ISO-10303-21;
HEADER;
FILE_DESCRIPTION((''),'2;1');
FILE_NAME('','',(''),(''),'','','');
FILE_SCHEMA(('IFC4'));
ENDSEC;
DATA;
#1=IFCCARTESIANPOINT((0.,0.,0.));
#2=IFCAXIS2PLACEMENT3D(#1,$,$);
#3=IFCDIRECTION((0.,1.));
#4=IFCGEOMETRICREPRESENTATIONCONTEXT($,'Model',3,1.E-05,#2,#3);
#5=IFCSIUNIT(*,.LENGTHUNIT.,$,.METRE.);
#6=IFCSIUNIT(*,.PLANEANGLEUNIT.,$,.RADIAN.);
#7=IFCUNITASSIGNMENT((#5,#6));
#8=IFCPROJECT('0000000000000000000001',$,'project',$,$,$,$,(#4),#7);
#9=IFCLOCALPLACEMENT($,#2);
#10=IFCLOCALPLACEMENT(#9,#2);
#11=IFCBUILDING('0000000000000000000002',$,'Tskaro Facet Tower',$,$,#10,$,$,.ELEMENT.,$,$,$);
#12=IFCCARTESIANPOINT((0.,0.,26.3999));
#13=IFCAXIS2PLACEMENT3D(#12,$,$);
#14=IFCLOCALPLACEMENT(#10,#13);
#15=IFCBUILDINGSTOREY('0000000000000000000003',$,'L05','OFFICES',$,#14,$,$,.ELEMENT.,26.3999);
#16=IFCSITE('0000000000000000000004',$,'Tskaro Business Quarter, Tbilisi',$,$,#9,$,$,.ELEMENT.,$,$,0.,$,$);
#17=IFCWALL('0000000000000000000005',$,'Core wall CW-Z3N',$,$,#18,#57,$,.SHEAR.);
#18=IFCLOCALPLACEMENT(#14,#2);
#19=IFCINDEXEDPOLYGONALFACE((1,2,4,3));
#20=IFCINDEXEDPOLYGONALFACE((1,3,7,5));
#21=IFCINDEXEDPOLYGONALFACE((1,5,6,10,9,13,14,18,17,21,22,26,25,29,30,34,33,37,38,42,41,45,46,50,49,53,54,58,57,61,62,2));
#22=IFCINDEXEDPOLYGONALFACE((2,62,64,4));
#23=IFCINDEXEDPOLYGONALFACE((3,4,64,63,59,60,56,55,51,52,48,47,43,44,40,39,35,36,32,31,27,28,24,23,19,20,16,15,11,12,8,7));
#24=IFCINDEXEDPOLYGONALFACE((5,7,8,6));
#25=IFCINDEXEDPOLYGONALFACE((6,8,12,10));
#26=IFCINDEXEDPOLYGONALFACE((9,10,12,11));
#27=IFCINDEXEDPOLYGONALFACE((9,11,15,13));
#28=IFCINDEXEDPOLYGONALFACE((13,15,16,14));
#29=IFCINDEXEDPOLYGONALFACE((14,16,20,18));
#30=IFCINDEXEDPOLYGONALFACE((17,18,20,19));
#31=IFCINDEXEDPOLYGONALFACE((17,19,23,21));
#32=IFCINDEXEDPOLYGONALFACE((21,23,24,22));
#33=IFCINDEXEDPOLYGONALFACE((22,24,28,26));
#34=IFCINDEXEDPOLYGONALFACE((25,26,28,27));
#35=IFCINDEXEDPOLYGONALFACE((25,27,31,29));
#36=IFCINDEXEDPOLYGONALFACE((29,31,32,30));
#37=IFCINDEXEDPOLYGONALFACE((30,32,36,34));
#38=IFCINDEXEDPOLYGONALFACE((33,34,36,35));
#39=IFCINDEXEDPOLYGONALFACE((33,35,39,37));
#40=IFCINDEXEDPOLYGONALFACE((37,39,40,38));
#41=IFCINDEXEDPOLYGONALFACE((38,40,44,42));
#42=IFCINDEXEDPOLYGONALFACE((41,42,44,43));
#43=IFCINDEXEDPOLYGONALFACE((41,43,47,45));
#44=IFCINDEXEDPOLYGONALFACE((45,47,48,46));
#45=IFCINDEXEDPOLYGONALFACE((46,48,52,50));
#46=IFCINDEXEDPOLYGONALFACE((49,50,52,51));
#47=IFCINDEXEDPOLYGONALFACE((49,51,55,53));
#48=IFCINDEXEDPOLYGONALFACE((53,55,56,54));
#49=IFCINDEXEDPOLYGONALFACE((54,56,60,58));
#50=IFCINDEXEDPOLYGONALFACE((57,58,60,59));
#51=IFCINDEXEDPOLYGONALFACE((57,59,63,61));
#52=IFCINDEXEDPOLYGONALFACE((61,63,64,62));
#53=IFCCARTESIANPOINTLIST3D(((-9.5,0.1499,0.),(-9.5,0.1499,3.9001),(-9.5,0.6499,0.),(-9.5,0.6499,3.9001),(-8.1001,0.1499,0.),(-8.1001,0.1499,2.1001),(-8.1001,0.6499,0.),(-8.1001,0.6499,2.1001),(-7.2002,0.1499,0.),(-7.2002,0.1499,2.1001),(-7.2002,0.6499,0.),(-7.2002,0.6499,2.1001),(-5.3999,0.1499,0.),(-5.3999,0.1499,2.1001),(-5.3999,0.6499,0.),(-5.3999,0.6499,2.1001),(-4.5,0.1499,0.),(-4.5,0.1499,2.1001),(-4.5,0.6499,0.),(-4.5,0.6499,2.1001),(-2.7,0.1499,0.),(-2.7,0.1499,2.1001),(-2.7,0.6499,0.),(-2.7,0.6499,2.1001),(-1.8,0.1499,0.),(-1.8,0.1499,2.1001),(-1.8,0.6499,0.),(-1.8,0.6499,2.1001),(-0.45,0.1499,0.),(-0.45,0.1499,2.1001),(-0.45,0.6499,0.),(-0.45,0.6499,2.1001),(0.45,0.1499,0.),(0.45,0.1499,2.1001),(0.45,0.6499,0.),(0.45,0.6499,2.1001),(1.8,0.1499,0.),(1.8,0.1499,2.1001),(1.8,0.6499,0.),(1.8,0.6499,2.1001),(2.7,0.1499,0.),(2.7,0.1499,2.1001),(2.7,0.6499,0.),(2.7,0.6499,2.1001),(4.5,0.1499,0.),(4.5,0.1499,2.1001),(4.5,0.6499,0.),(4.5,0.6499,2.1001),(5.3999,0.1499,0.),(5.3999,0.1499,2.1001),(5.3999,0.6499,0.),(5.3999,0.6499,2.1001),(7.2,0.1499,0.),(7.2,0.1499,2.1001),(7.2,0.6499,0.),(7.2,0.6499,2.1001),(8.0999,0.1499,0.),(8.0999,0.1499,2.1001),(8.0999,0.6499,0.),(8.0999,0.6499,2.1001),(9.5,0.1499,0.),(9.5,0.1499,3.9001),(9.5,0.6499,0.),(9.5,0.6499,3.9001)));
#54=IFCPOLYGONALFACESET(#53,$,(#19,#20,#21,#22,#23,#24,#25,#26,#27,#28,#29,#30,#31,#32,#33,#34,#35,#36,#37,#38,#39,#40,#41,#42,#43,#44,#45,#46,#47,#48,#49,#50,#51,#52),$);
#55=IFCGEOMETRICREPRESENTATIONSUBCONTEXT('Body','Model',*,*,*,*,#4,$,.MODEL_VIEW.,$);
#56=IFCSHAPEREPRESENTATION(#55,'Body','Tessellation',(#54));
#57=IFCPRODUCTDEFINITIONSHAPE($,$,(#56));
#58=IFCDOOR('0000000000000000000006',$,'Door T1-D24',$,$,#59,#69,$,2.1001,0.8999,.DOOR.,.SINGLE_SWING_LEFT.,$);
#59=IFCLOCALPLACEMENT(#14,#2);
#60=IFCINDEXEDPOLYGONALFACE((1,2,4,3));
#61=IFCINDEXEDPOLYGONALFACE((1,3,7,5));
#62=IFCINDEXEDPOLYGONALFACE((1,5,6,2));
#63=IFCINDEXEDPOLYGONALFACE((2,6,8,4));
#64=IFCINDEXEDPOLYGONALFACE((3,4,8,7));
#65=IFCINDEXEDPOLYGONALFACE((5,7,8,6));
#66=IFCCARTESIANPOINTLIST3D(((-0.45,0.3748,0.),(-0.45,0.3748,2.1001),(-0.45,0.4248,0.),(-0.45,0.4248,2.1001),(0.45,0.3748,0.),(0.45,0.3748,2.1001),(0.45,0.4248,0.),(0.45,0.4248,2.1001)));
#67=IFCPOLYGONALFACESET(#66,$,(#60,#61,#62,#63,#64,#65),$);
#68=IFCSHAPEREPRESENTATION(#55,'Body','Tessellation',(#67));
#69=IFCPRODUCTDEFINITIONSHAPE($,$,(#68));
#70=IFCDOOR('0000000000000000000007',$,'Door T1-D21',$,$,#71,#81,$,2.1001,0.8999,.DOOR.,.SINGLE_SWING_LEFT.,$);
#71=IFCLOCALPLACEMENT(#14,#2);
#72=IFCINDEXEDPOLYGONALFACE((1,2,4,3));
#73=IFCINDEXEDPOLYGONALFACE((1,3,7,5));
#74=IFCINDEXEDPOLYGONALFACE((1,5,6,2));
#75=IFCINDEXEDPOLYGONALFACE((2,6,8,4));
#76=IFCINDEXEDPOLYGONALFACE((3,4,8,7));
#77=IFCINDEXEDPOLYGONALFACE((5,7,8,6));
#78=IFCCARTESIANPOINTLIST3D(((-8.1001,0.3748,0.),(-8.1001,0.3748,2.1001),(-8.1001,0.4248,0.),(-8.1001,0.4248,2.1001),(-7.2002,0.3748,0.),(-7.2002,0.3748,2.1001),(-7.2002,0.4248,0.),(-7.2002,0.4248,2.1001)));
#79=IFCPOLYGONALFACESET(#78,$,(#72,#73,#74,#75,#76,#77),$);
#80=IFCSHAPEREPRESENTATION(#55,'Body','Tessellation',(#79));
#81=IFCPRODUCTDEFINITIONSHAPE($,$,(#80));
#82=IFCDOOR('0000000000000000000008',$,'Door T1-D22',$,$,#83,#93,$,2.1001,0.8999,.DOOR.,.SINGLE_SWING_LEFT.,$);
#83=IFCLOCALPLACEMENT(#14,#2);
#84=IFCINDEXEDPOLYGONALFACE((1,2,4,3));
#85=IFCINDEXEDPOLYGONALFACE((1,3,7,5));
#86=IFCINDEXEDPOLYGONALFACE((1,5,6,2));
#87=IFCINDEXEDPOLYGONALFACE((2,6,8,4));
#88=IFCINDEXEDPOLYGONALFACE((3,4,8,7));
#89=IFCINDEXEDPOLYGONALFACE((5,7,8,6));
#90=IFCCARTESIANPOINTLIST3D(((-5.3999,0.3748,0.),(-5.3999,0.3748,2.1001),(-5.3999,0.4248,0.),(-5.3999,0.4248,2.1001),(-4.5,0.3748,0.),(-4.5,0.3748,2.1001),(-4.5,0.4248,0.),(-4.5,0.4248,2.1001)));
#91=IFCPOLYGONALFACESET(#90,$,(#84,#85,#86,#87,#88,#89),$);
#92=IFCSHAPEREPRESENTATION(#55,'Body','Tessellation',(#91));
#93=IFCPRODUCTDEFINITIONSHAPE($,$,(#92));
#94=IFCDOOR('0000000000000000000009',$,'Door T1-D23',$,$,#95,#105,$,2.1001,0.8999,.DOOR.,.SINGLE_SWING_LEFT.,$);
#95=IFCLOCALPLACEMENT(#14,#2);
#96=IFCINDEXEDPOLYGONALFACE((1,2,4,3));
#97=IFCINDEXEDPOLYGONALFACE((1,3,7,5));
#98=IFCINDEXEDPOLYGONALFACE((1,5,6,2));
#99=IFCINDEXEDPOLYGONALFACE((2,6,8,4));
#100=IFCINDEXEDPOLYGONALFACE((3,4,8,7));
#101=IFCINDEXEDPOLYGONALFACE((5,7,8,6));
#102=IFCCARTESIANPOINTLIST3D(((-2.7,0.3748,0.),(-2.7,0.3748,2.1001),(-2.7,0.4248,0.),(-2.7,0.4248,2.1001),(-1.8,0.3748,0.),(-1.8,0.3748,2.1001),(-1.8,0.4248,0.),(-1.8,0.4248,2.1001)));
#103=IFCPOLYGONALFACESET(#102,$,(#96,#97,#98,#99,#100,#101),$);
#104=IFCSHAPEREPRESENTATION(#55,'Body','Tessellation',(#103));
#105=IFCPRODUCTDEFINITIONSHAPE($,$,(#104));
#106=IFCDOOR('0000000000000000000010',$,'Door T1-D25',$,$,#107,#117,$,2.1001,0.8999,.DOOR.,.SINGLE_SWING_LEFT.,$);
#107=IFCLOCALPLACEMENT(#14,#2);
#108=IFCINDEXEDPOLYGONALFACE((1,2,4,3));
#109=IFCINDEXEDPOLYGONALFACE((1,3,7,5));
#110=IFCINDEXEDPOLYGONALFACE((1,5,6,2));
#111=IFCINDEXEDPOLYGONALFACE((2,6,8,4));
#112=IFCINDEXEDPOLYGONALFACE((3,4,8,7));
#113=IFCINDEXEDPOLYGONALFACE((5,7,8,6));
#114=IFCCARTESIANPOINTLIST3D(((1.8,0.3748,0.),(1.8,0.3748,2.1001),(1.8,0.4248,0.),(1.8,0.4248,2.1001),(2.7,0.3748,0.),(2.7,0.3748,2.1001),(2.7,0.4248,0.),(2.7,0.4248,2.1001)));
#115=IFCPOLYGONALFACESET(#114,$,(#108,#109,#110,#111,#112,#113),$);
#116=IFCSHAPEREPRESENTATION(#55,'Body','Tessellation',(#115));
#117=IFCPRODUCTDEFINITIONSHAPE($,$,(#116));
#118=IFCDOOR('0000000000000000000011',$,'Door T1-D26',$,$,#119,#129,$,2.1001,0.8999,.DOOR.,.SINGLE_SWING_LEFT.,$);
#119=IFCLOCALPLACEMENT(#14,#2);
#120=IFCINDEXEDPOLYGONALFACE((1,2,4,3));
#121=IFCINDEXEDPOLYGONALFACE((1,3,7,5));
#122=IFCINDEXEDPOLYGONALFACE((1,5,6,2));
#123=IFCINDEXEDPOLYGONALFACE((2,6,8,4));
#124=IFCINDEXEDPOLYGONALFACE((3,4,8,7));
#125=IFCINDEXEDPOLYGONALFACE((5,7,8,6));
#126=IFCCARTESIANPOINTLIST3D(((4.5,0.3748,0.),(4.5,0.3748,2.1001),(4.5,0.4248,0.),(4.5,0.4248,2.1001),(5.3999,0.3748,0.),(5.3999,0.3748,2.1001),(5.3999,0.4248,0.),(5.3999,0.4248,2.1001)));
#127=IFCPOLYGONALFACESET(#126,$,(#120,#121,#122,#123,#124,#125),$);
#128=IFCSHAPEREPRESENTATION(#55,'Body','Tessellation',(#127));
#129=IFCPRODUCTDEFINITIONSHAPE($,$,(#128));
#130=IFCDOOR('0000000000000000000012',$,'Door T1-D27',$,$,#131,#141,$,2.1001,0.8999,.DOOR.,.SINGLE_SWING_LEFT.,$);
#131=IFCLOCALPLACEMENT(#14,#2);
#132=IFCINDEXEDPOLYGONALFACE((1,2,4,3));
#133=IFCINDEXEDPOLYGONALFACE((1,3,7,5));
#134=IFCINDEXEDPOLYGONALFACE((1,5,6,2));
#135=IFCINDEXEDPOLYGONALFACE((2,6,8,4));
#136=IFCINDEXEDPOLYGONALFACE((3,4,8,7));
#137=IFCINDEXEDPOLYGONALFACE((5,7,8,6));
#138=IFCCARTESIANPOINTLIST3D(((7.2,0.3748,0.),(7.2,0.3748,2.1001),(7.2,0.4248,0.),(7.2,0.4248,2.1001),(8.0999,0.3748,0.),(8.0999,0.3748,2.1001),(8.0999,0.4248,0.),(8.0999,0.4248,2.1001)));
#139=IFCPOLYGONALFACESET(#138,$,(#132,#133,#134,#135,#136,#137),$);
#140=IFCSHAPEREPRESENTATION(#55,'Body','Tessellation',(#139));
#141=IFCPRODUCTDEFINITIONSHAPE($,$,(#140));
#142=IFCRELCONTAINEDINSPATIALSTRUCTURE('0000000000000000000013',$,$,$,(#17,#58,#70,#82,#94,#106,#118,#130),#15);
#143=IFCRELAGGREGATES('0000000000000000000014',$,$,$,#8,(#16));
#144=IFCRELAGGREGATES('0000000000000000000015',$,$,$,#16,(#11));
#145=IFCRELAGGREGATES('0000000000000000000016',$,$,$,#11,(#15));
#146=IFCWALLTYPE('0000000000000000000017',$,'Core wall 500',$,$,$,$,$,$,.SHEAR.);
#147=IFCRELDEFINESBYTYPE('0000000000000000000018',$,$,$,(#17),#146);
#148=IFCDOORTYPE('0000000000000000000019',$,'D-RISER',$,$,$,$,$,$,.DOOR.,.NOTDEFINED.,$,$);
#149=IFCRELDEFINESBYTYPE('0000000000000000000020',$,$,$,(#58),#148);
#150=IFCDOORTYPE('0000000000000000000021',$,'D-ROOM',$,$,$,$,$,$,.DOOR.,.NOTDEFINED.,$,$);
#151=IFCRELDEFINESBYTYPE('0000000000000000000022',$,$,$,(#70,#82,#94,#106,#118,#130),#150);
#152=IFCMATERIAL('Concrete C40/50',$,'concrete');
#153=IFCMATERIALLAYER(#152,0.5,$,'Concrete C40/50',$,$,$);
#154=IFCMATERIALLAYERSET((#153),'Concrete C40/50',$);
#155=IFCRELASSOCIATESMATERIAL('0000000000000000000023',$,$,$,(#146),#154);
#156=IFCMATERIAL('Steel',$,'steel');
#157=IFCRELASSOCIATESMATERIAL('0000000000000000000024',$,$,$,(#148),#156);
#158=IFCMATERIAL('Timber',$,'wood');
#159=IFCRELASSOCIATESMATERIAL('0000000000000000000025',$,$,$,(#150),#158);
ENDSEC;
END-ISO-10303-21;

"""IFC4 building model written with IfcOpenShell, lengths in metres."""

from ifc_helpers import new_model, si_unit, direction, frame, frame_2d, origin, place, context, subcontext, project, spatial, rectangle, extrude, material, layer, layer_set, type_object, element, fill, save


model = new_model("IFC4")

# Units and contexts
model_context = context("Model", 3, precision=1e-05, world=origin(), true_north=direction((0.0, 1.0)))
body_context = subcontext(model_context, "Body", "Model", "MODEL_VIEW")
ifc_project = project(units=[si_unit("LENGTHUNIT", "METRE"), si_unit("PLANEANGLEUNIT", "RADIAN")], contexts=[model_context])

# Site, building, storey
site_placement = place(None, origin())
site = spatial("IfcSite", under=ifc_project, at=site_placement, Name="Tskaro Business Quarter, Tbilisi", CompositionType="ELEMENT", RefElevation=0.0)
building_placement = place(site_placement, origin())
building = spatial("IfcBuilding", under=site, at=building_placement, Name="Tskaro Facet Tower", CompositionType="ELEMENT")
storey_placement = place(building_placement, frame((0.0, 0.0, 26.3999)))
storey = spatial("IfcBuildingStorey", under=building, at=storey_placement, Name="L05", Description="OFFICES", CompositionType="ELEMENT", Elevation=26.3999)

# Wall, openings, doors
ifc_material_1 = material(Name="Concrete C40/50", Category="concrete")
ifc_layer_1 = layer(ifc_material_1, 0.5, Name="Concrete C40/50")
ifc_layer_set_1 = layer_set([ifc_layer_1], Name="Concrete C40/50")
wall_type_1 = type_object("IfcWallType", Name="Core wall 500", PredefinedType="SHEAR", material=ifc_layer_set_1)
wall_1_placement = place(storey_placement, frame((-9.5, 0.3999, 0.0), z_axis=(0.0, 0.0, 1.0), x_axis=(1.0, 0.0, 0.0)))
wall_1 = element("IfcWall", 1, at=wall_1_placement, inside=storey, type_object=wall_type_1, Name="Core wall CW-Z3N", PredefinedType="SHEAR", context=body_context, shape_type="SweptSolid", body=[
    extrude(rectangle(XDim=19.0, YDim=0.5, at=frame_2d((9.5, 0.0))), origin(), (0.0, 0.0, 1.0), 3.9001),
])
opening_1_placement = place(wall_1_placement, frame((1.3999, 0.0, 0.0)))
opening_1 = element("IfcOpeningElement", 2, at=opening_1_placement, cuts=wall_1, PredefinedType="OPENING", context=body_context, shape_type="SweptSolid", body=[
    extrude(rectangle(XDim=0.8999, YDim=2.1001, at=frame_2d((0.45, 1.05))), frame((0.0, 0.26, 0.0), z_axis=(0.0, -1.0, 0.0), x_axis=(1.0, 0.0, 0.0)), (0.0, 0.0, 1.0), 0.52),
])
opening_2_placement = place(wall_1_placement, frame((4.1001, 0.0, 0.0)))
opening_2 = element("IfcOpeningElement", 3, at=opening_2_placement, cuts=wall_1, PredefinedType="OPENING", context=body_context, shape_type="SweptSolid", body=[
    extrude(rectangle(XDim=0.8999, YDim=2.1001, at=frame_2d((0.45, 1.05))), frame((0.0, 0.26, 0.0), z_axis=(0.0, -1.0, 0.0), x_axis=(1.0, 0.0, 0.0)), (0.0, 0.0, 1.0), 0.52),
])
opening_3_placement = place(wall_1_placement, frame((6.8, 0.0, 0.0)))
opening_3 = element("IfcOpeningElement", 4, at=opening_3_placement, cuts=wall_1, PredefinedType="OPENING", context=body_context, shape_type="SweptSolid", body=[
    extrude(rectangle(XDim=0.8999, YDim=2.1001, at=frame_2d((0.45, 1.05))), frame((0.0, 0.26, 0.0), z_axis=(0.0, -1.0, 0.0), x_axis=(1.0, 0.0, 0.0)), (0.0, 0.0, 1.0), 0.52),
])
opening_4_placement = place(wall_1_placement, frame((11.3, 0.0, 0.0)))
opening_4 = element("IfcOpeningElement", 5, at=opening_4_placement, cuts=wall_1, PredefinedType="OPENING", context=body_context, shape_type="SweptSolid", body=[
    extrude(rectangle(XDim=0.8999, YDim=2.1001, at=frame_2d((0.45, 1.05))), frame((0.0, 0.26, 0.0), z_axis=(0.0, -1.0, 0.0), x_axis=(1.0, 0.0, 0.0)), (0.0, 0.0, 1.0), 0.52),
])
opening_5_placement = place(wall_1_placement, frame((14.0, 0.0, 0.0)))
opening_5 = element("IfcOpeningElement", 6, at=opening_5_placement, cuts=wall_1, PredefinedType="OPENING", context=body_context, shape_type="SweptSolid", body=[
    extrude(rectangle(XDim=0.8999, YDim=2.1001, at=frame_2d((0.45, 1.05))), frame((0.0, 0.26, 0.0), z_axis=(0.0, -1.0, 0.0), x_axis=(1.0, 0.0, 0.0)), (0.0, 0.0, 1.0), 0.52),
])
opening_6_placement = place(wall_1_placement, frame((16.7, 0.0, 0.0)))
opening_6 = element("IfcOpeningElement", 7, at=opening_6_placement, cuts=wall_1, PredefinedType="OPENING", context=body_context, shape_type="SweptSolid", body=[
    extrude(rectangle(XDim=0.8999, YDim=2.1001, at=frame_2d((0.45, 1.05))), frame((0.0, 0.26, 0.0), z_axis=(0.0, -1.0, 0.0), x_axis=(1.0, 0.0, 0.0)), (0.0, 0.0, 1.0), 0.52),
])
opening_7_placement = place(wall_1_placement, frame((9.05, 0.0, 0.0)))
opening_7 = element("IfcOpeningElement", 8, at=opening_7_placement, cuts=wall_1, PredefinedType="OPENING", context=body_context, shape_type="SweptSolid", body=[
    extrude(rectangle(XDim=0.8999, YDim=2.1001, at=frame_2d((0.45, 1.05))), frame((0.0, 0.26, 0.0), z_axis=(0.0, -1.0, 0.0), x_axis=(1.0, 0.0, 0.0)), (0.0, 0.0, 1.0), 0.52),
])
ifc_material_2 = material(Name="Steel", Category="steel")
door_type_1 = type_object("IfcDoorType", Name="D-RISER", OperationType="NOTDEFINED", PredefinedType="DOOR", material=ifc_material_2)
door_1_placement = place(opening_7_placement, origin())
door_1 = element("IfcDoor", 9, at=door_1_placement, inside=storey, type_object=door_type_1, Name="Door T1-D24", OperationType="SINGLE_SWING_LEFT", OverallHeight=2.1001, OverallWidth=0.8999, PredefinedType="DOOR", context=body_context, shape_type="SweptSolid", body=[
    extrude(rectangle(XDim=0.8999, YDim=2.1001, at=frame_2d((0.45, 1.05))), frame((0.0, 0.0249, 0.0), z_axis=(0.0, -1.0, 0.0), x_axis=(1.0, 0.0, 0.0)), (0.0, 0.0, 1.0), 0.05),
])
fill(opening_7, door_1)
ifc_material_3 = material(Name="Timber", Category="wood")
door_type_2 = type_object("IfcDoorType", Name="D-ROOM", OperationType="NOTDEFINED", PredefinedType="DOOR", material=ifc_material_3)
door_2_placement = place(opening_1_placement, origin())
door_2 = element("IfcDoor", 10, at=door_2_placement, inside=storey, type_object=door_type_2, Name="Door T1-D21", OperationType="SINGLE_SWING_LEFT", OverallHeight=2.1001, OverallWidth=0.8999, PredefinedType="DOOR", context=body_context, shape_type="SweptSolid", body=[
    extrude(rectangle(XDim=0.8999, YDim=2.1001, at=frame_2d((0.45, 1.05))), frame((0.0, 0.0249, 0.0), z_axis=(0.0, -1.0, 0.0), x_axis=(1.0, 0.0, 0.0)), (0.0, 0.0, 1.0), 0.05),
])
fill(opening_1, door_2)
door_3_placement = place(opening_2_placement, origin())
door_3 = element("IfcDoor", 11, at=door_3_placement, inside=storey, type_object=door_type_2, Name="Door T1-D22", OperationType="SINGLE_SWING_LEFT", OverallHeight=2.1001, OverallWidth=0.8999, PredefinedType="DOOR", context=body_context, shape_type="SweptSolid", body=[
    extrude(rectangle(XDim=0.8999, YDim=2.1001, at=frame_2d((0.45, 1.05))), frame((0.0, 0.0249, 0.0), z_axis=(0.0, -1.0, 0.0), x_axis=(1.0, 0.0, 0.0)), (0.0, 0.0, 1.0), 0.05),
])
fill(opening_2, door_3)
door_4_placement = place(opening_3_placement, origin())
door_4 = element("IfcDoor", 12, at=door_4_placement, inside=storey, type_object=door_type_2, Name="Door T1-D23", OperationType="SINGLE_SWING_LEFT", OverallHeight=2.1001, OverallWidth=0.8999, PredefinedType="DOOR", context=body_context, shape_type="SweptSolid", body=[
    extrude(rectangle(XDim=0.8999, YDim=2.1001, at=frame_2d((0.45, 1.05))), frame((0.0, 0.0249, 0.0), z_axis=(0.0, -1.0, 0.0), x_axis=(1.0, 0.0, 0.0)), (0.0, 0.0, 1.0), 0.05),
])
fill(opening_3, door_4)
door_5_placement = place(opening_4_placement, origin())
door_5 = element("IfcDoor", 13, at=door_5_placement, inside=storey, type_object=door_type_2, Name="Door T1-D25", OperationType="SINGLE_SWING_LEFT", OverallHeight=2.1001, OverallWidth=0.8999, PredefinedType="DOOR", context=body_context, shape_type="SweptSolid", body=[
    extrude(rectangle(XDim=0.8999, YDim=2.1001, at=frame_2d((0.45, 1.05))), frame((0.0, 0.0249, 0.0), z_axis=(0.0, -1.0, 0.0), x_axis=(1.0, 0.0, 0.0)), (0.0, 0.0, 1.0), 0.05),
])
fill(opening_4, door_5)
door_6_placement = place(opening_5_placement, origin())
door_6 = element("IfcDoor", 14, at=door_6_placement, inside=storey, type_object=door_type_2, Name="Door T1-D26", OperationType="SINGLE_SWING_LEFT", OverallHeight=2.1001, OverallWidth=0.8999, PredefinedType="DOOR", context=body_context, shape_type="SweptSolid", body=[
    extrude(rectangle(XDim=0.8999, YDim=2.1001, at=frame_2d((0.45, 1.05))), frame((0.0, 0.0249, 0.0), z_axis=(0.0, -1.0, 0.0), x_axis=(1.0, 0.0, 0.0)), (0.0, 0.0, 1.0), 0.05),
])
fill(opening_5, door_6)
door_7_placement = place(opening_6_placement, origin())
door_7 = element("IfcDoor", 15, at=door_7_placement, inside=storey, type_object=door_type_2, Name="Door T1-D27", OperationType="SINGLE_SWING_LEFT", OverallHeight=2.1001, OverallWidth=0.8999, PredefinedType="DOOR", context=body_context, shape_type="SweptSolid", body=[
    extrude(rectangle(XDim=0.8999, YDim=2.1001, at=frame_2d((0.45, 1.05))), frame((0.0, 0.0249, 0.0), z_axis=(0.0, -1.0, 0.0), x_axis=(1.0, 0.0, 0.0)), (0.0, 0.0, 1.0), 0.05),
])
fill(opening_6, door_7)

save(model, "model.ifc")
